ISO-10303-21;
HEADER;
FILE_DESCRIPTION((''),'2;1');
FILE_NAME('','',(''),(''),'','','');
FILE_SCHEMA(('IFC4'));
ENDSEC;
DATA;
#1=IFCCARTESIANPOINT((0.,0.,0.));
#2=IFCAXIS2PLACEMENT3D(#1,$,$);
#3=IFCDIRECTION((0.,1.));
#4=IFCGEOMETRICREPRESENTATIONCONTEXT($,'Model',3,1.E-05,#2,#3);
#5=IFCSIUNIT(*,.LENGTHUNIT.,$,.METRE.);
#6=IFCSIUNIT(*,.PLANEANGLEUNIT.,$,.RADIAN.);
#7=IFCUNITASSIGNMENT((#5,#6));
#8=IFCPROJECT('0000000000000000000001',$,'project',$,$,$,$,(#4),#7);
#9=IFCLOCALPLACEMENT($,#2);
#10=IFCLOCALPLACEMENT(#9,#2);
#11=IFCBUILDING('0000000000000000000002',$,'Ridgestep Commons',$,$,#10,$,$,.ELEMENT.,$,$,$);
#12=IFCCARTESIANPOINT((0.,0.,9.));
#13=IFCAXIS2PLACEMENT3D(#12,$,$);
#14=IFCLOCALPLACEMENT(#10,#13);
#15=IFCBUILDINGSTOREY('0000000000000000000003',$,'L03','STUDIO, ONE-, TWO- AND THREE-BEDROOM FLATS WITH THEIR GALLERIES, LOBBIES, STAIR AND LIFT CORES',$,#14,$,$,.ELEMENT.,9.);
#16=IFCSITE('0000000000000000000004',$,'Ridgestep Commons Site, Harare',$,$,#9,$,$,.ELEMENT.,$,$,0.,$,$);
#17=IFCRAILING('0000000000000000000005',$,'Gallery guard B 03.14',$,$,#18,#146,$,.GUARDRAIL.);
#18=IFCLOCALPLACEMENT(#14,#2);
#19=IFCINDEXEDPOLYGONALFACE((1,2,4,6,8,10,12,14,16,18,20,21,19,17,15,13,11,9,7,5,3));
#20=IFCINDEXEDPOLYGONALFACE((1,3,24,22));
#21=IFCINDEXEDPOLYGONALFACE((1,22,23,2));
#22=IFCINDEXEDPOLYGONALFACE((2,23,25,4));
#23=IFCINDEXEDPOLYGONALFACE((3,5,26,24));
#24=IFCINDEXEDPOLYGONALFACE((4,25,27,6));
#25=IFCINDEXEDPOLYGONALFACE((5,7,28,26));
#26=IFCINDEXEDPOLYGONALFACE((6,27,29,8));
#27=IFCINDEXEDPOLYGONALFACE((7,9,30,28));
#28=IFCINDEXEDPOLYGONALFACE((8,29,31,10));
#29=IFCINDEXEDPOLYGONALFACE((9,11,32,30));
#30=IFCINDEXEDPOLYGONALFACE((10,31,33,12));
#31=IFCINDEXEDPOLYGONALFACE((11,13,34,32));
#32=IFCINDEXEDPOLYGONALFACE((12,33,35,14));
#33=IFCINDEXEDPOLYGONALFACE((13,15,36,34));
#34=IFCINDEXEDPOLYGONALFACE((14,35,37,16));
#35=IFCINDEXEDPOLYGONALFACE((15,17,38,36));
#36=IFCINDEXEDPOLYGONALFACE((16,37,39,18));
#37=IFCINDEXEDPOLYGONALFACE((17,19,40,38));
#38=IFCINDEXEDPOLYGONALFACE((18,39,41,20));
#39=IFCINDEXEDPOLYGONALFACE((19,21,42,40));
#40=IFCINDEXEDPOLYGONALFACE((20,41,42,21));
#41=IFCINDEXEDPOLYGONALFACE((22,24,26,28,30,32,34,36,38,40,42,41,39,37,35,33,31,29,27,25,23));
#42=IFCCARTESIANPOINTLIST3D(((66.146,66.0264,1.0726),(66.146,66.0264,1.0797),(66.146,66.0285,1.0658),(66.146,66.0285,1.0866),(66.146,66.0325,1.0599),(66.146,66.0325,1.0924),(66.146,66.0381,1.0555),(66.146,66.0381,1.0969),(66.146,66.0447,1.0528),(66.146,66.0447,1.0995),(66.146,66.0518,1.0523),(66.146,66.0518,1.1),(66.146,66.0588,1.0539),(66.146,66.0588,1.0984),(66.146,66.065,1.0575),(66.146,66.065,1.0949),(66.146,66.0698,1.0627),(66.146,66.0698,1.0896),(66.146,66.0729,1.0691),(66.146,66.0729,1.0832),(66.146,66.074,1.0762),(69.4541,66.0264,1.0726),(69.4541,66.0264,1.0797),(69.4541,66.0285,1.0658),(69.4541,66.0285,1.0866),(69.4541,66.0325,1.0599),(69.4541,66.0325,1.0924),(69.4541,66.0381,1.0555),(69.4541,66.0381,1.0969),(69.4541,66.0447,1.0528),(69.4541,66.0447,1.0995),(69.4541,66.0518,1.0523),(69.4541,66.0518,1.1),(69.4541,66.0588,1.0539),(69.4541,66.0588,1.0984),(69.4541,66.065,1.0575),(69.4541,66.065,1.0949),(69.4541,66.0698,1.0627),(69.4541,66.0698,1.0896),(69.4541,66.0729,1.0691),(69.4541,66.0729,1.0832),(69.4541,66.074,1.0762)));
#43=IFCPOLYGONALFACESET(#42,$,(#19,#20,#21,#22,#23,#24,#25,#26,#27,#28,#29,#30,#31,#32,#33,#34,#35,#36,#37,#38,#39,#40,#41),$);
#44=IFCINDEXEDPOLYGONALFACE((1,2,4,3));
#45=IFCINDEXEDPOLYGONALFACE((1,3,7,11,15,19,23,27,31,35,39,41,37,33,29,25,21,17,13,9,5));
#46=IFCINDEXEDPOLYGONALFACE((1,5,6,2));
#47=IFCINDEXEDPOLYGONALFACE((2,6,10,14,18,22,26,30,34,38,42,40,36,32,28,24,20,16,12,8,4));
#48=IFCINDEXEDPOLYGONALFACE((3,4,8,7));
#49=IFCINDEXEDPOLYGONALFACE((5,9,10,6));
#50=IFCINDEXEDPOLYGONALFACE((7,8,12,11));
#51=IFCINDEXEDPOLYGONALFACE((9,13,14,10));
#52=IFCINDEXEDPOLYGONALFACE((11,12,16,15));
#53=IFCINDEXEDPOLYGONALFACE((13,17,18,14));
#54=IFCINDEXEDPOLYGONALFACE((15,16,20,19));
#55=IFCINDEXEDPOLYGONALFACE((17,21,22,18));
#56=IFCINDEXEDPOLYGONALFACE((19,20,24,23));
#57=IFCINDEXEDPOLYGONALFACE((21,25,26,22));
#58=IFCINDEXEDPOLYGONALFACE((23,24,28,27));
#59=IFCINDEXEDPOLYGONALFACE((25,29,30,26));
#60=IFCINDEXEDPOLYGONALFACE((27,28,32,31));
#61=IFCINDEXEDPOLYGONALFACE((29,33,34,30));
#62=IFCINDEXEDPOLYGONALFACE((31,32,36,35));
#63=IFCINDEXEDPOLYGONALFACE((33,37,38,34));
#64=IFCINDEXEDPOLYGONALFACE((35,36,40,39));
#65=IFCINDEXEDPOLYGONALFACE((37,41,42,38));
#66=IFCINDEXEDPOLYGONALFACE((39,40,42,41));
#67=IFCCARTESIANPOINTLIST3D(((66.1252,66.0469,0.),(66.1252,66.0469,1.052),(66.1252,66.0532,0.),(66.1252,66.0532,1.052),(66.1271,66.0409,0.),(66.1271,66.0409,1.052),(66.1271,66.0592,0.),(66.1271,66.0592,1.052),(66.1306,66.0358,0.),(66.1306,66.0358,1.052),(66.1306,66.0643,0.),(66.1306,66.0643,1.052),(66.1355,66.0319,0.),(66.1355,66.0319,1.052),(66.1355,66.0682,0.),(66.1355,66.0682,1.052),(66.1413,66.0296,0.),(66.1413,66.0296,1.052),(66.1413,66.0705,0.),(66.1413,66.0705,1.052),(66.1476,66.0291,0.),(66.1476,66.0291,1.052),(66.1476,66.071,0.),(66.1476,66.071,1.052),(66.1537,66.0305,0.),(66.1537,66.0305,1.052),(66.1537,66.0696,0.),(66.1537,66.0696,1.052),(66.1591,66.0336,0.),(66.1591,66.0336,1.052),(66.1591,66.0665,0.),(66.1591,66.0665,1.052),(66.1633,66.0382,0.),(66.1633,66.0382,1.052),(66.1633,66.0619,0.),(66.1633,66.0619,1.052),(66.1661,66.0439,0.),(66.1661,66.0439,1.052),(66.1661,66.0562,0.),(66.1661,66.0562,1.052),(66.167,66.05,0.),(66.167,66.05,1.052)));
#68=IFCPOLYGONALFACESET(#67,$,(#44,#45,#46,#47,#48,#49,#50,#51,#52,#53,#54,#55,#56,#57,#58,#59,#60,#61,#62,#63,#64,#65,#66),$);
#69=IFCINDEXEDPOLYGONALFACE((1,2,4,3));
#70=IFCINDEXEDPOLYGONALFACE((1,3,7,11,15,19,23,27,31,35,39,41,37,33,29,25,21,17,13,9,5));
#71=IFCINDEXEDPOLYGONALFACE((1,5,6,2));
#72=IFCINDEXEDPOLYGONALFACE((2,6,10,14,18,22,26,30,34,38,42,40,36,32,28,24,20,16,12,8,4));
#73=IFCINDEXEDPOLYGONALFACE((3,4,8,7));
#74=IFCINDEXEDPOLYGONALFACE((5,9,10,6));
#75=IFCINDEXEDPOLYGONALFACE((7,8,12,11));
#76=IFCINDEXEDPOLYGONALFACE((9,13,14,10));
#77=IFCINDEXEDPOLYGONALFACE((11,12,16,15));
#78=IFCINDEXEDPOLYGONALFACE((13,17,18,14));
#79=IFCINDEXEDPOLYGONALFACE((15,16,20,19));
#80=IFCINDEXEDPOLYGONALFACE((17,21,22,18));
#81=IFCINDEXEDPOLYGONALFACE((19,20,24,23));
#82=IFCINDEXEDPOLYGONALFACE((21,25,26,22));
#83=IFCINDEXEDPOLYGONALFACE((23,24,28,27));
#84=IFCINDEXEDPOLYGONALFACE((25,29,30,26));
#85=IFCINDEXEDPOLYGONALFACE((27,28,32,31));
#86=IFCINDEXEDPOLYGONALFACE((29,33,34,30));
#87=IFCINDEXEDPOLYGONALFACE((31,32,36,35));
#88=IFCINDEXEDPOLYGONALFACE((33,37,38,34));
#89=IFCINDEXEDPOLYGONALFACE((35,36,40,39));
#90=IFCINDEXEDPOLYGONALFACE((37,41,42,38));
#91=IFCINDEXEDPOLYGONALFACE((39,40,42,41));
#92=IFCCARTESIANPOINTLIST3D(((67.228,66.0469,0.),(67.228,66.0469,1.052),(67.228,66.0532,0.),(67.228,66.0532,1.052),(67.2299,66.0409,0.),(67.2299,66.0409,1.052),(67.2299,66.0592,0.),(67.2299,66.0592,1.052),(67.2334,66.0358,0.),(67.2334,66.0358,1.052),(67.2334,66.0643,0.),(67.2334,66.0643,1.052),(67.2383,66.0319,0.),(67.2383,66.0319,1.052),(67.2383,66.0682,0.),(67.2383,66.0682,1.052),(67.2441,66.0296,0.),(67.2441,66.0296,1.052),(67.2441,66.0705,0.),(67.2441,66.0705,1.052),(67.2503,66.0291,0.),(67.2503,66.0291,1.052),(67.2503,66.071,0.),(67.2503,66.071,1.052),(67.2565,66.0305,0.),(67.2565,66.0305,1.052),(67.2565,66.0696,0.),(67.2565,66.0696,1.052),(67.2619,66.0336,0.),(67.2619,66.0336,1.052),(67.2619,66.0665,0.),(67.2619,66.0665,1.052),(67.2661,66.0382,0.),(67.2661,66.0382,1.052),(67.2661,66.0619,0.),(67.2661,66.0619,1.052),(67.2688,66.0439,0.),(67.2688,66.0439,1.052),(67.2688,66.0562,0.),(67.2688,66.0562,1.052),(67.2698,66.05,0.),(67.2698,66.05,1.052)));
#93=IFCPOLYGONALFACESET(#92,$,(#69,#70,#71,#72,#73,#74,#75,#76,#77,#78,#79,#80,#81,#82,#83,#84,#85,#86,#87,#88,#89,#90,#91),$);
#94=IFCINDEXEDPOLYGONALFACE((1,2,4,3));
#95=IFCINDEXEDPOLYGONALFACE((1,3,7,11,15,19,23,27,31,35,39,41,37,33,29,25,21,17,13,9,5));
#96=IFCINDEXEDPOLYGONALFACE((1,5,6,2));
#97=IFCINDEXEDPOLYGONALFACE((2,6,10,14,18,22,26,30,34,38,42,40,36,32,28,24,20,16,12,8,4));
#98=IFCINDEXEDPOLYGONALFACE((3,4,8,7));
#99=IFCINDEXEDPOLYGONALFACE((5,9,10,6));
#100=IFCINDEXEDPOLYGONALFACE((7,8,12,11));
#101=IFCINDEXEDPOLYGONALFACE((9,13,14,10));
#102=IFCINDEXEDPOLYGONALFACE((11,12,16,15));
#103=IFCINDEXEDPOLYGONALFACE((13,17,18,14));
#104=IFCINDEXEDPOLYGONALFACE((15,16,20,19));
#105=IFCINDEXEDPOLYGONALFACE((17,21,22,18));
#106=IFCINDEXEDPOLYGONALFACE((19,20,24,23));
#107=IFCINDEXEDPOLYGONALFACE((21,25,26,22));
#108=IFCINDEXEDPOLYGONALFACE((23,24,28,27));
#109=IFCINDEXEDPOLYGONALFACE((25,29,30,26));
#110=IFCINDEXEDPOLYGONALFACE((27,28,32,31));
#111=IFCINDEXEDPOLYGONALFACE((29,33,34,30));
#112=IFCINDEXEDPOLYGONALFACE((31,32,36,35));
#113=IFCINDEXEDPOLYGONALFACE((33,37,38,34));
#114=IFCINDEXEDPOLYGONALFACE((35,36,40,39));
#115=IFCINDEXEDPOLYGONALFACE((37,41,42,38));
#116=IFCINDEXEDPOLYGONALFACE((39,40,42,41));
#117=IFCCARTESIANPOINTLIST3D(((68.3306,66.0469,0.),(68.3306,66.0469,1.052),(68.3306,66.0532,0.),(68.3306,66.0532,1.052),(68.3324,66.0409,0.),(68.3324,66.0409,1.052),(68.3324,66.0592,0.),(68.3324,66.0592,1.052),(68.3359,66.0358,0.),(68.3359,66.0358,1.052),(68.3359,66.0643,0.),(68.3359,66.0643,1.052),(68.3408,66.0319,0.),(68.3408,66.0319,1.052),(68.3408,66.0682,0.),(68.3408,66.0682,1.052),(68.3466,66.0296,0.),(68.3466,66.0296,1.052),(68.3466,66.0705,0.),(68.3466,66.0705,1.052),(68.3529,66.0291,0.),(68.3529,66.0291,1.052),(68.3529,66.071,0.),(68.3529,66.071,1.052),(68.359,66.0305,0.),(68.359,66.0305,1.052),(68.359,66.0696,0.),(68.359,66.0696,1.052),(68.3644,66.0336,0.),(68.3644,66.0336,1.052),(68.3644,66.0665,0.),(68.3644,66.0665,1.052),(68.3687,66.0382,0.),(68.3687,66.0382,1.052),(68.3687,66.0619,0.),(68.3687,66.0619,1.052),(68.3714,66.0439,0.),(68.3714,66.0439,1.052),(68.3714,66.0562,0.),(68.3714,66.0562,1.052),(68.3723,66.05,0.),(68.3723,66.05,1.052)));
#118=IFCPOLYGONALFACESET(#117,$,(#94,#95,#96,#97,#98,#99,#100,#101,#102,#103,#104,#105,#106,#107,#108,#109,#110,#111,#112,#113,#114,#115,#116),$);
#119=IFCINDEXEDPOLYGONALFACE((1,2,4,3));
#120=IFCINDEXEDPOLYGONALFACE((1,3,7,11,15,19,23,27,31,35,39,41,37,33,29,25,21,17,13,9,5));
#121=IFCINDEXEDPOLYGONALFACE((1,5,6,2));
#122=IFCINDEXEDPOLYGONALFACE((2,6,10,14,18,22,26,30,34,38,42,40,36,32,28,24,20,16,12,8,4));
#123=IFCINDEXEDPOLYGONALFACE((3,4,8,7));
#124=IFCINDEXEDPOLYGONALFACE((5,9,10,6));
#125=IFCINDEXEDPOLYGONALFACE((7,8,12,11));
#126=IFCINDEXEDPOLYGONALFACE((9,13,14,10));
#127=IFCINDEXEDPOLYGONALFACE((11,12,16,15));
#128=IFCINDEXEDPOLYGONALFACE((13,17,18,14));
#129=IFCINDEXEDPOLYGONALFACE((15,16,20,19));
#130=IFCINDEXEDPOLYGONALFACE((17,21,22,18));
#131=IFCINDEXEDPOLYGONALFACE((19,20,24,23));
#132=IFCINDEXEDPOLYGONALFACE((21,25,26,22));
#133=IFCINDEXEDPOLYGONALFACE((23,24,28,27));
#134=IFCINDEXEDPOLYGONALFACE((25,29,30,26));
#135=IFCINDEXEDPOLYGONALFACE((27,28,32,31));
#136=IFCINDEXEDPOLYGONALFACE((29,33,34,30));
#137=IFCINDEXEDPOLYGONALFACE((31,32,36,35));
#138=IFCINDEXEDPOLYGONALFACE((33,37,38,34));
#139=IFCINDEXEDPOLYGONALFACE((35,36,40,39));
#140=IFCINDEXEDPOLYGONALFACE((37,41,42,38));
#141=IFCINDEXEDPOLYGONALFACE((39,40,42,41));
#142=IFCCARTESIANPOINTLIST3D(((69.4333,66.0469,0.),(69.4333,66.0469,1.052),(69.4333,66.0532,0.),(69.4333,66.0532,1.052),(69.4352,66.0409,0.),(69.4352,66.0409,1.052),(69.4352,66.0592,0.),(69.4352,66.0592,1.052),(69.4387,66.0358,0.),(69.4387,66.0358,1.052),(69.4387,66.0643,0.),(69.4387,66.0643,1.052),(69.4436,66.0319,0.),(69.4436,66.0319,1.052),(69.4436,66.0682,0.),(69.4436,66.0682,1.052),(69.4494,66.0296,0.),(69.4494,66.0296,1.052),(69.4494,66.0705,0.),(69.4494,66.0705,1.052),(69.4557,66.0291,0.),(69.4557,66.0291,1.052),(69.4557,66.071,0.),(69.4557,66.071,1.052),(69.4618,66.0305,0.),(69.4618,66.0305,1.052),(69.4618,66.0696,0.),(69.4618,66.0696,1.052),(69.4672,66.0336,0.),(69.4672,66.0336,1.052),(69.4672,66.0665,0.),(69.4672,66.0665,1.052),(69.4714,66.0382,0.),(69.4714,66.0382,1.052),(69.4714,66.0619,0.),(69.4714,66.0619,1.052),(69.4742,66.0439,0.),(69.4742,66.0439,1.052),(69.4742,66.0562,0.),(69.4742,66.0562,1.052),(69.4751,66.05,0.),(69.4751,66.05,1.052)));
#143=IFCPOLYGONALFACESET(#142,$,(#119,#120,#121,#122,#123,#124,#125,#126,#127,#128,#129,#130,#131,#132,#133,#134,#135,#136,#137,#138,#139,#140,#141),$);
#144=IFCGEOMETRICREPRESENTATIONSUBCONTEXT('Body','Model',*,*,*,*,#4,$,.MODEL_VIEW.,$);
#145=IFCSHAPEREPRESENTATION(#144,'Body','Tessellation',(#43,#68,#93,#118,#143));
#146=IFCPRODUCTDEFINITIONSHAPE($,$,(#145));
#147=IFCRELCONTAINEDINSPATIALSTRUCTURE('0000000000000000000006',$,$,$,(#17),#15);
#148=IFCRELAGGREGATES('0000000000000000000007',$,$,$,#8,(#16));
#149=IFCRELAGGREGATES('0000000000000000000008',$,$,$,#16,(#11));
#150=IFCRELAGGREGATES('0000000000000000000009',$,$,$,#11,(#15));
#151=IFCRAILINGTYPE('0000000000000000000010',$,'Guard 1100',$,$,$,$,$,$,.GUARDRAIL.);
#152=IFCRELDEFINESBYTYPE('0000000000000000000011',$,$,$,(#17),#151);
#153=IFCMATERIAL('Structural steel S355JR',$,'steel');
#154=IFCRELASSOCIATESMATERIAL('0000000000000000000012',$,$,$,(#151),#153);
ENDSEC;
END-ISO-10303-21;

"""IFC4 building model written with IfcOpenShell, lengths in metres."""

from ifc_helpers import new_model, si_unit, direction, frame, origin, origin_2d, place, context, subcontext, project, spatial, circle, extrude, material, type_object, element, save


model = new_model("IFC4")

# Units and contexts
model_context = context("Model", 3, precision=1e-05, world=origin(), true_north=direction((0.0, 1.0)))
body_context = subcontext(model_context, "Body", "Model", "MODEL_VIEW")
ifc_project = project(units=[si_unit("LENGTHUNIT", "METRE"), si_unit("PLANEANGLEUNIT", "RADIAN")], contexts=[model_context])

# Site, building, storey
site_placement = place(None, origin())
site = spatial("IfcSite", under=ifc_project, at=site_placement, Name="Ridgestep Commons Site, Harare", CompositionType="ELEMENT", RefElevation=0.0)
building_placement = place(site_placement, origin())
building = spatial("IfcBuilding", under=site, at=building_placement, Name="Ridgestep Commons", CompositionType="ELEMENT")
storey_placement = place(building_placement, frame((0.0, 0.0, 9.0)))
storey = spatial("IfcBuildingStorey", under=building, at=storey_placement, Name="L03", Description="STUDIO, ONE-, TWO- AND THREE-BEDROOM FLATS WITH THEIR GALLERIES, LOBBIES, STAIR AND LIFT CORES", CompositionType="ELEMENT", Elevation=9.0)

# Railing
ifc_material_1 = material(Name="Structural steel S355JR", Category="steel")
railing_type = type_object("IfcRailingType", Name="Guard 1100", PredefinedType="GUARDRAIL", material=ifc_material_1)
railing_1_placement = place(storey_placement, frame((66.146, 66.05, 0.0)))
element("IfcRailing", 1, at=railing_1_placement, inside=storey, type_object=railing_type, Name="Gallery guard B 03.14", PredefinedType="GUARDRAIL", context=body_context, shape_type="SweptSolid", body=[
    extrude(circle(Radius=0.0239, at=origin_2d()), frame((0.0, 0.0, 1.0762), z_axis=(1.0, 0.0, 0.0), x_axis=(0.0, 1.0, 0.0)), (0.0, 0.0, 1.0), 3.3081),
    extrude(circle(Radius=0.021, at=origin_2d()), origin(), (0.0, 0.0, 1.0), 1.052),
    extrude(circle(Radius=0.021, at=origin_2d()), frame((1.1028, 0.0, 0.0)), (0.0, 0.0, 1.0), 1.052),
    extrude(circle(Radius=0.021, at=origin_2d()), frame((2.2053, 0.0, 0.0)), (0.0, 0.0, 1.0), 1.052),
    extrude(circle(Radius=0.021, at=origin_2d()), frame((3.3081, 0.0, 0.0)), (0.0, 0.0, 1.0), 1.052),
])

save(model, "model.ifc")
